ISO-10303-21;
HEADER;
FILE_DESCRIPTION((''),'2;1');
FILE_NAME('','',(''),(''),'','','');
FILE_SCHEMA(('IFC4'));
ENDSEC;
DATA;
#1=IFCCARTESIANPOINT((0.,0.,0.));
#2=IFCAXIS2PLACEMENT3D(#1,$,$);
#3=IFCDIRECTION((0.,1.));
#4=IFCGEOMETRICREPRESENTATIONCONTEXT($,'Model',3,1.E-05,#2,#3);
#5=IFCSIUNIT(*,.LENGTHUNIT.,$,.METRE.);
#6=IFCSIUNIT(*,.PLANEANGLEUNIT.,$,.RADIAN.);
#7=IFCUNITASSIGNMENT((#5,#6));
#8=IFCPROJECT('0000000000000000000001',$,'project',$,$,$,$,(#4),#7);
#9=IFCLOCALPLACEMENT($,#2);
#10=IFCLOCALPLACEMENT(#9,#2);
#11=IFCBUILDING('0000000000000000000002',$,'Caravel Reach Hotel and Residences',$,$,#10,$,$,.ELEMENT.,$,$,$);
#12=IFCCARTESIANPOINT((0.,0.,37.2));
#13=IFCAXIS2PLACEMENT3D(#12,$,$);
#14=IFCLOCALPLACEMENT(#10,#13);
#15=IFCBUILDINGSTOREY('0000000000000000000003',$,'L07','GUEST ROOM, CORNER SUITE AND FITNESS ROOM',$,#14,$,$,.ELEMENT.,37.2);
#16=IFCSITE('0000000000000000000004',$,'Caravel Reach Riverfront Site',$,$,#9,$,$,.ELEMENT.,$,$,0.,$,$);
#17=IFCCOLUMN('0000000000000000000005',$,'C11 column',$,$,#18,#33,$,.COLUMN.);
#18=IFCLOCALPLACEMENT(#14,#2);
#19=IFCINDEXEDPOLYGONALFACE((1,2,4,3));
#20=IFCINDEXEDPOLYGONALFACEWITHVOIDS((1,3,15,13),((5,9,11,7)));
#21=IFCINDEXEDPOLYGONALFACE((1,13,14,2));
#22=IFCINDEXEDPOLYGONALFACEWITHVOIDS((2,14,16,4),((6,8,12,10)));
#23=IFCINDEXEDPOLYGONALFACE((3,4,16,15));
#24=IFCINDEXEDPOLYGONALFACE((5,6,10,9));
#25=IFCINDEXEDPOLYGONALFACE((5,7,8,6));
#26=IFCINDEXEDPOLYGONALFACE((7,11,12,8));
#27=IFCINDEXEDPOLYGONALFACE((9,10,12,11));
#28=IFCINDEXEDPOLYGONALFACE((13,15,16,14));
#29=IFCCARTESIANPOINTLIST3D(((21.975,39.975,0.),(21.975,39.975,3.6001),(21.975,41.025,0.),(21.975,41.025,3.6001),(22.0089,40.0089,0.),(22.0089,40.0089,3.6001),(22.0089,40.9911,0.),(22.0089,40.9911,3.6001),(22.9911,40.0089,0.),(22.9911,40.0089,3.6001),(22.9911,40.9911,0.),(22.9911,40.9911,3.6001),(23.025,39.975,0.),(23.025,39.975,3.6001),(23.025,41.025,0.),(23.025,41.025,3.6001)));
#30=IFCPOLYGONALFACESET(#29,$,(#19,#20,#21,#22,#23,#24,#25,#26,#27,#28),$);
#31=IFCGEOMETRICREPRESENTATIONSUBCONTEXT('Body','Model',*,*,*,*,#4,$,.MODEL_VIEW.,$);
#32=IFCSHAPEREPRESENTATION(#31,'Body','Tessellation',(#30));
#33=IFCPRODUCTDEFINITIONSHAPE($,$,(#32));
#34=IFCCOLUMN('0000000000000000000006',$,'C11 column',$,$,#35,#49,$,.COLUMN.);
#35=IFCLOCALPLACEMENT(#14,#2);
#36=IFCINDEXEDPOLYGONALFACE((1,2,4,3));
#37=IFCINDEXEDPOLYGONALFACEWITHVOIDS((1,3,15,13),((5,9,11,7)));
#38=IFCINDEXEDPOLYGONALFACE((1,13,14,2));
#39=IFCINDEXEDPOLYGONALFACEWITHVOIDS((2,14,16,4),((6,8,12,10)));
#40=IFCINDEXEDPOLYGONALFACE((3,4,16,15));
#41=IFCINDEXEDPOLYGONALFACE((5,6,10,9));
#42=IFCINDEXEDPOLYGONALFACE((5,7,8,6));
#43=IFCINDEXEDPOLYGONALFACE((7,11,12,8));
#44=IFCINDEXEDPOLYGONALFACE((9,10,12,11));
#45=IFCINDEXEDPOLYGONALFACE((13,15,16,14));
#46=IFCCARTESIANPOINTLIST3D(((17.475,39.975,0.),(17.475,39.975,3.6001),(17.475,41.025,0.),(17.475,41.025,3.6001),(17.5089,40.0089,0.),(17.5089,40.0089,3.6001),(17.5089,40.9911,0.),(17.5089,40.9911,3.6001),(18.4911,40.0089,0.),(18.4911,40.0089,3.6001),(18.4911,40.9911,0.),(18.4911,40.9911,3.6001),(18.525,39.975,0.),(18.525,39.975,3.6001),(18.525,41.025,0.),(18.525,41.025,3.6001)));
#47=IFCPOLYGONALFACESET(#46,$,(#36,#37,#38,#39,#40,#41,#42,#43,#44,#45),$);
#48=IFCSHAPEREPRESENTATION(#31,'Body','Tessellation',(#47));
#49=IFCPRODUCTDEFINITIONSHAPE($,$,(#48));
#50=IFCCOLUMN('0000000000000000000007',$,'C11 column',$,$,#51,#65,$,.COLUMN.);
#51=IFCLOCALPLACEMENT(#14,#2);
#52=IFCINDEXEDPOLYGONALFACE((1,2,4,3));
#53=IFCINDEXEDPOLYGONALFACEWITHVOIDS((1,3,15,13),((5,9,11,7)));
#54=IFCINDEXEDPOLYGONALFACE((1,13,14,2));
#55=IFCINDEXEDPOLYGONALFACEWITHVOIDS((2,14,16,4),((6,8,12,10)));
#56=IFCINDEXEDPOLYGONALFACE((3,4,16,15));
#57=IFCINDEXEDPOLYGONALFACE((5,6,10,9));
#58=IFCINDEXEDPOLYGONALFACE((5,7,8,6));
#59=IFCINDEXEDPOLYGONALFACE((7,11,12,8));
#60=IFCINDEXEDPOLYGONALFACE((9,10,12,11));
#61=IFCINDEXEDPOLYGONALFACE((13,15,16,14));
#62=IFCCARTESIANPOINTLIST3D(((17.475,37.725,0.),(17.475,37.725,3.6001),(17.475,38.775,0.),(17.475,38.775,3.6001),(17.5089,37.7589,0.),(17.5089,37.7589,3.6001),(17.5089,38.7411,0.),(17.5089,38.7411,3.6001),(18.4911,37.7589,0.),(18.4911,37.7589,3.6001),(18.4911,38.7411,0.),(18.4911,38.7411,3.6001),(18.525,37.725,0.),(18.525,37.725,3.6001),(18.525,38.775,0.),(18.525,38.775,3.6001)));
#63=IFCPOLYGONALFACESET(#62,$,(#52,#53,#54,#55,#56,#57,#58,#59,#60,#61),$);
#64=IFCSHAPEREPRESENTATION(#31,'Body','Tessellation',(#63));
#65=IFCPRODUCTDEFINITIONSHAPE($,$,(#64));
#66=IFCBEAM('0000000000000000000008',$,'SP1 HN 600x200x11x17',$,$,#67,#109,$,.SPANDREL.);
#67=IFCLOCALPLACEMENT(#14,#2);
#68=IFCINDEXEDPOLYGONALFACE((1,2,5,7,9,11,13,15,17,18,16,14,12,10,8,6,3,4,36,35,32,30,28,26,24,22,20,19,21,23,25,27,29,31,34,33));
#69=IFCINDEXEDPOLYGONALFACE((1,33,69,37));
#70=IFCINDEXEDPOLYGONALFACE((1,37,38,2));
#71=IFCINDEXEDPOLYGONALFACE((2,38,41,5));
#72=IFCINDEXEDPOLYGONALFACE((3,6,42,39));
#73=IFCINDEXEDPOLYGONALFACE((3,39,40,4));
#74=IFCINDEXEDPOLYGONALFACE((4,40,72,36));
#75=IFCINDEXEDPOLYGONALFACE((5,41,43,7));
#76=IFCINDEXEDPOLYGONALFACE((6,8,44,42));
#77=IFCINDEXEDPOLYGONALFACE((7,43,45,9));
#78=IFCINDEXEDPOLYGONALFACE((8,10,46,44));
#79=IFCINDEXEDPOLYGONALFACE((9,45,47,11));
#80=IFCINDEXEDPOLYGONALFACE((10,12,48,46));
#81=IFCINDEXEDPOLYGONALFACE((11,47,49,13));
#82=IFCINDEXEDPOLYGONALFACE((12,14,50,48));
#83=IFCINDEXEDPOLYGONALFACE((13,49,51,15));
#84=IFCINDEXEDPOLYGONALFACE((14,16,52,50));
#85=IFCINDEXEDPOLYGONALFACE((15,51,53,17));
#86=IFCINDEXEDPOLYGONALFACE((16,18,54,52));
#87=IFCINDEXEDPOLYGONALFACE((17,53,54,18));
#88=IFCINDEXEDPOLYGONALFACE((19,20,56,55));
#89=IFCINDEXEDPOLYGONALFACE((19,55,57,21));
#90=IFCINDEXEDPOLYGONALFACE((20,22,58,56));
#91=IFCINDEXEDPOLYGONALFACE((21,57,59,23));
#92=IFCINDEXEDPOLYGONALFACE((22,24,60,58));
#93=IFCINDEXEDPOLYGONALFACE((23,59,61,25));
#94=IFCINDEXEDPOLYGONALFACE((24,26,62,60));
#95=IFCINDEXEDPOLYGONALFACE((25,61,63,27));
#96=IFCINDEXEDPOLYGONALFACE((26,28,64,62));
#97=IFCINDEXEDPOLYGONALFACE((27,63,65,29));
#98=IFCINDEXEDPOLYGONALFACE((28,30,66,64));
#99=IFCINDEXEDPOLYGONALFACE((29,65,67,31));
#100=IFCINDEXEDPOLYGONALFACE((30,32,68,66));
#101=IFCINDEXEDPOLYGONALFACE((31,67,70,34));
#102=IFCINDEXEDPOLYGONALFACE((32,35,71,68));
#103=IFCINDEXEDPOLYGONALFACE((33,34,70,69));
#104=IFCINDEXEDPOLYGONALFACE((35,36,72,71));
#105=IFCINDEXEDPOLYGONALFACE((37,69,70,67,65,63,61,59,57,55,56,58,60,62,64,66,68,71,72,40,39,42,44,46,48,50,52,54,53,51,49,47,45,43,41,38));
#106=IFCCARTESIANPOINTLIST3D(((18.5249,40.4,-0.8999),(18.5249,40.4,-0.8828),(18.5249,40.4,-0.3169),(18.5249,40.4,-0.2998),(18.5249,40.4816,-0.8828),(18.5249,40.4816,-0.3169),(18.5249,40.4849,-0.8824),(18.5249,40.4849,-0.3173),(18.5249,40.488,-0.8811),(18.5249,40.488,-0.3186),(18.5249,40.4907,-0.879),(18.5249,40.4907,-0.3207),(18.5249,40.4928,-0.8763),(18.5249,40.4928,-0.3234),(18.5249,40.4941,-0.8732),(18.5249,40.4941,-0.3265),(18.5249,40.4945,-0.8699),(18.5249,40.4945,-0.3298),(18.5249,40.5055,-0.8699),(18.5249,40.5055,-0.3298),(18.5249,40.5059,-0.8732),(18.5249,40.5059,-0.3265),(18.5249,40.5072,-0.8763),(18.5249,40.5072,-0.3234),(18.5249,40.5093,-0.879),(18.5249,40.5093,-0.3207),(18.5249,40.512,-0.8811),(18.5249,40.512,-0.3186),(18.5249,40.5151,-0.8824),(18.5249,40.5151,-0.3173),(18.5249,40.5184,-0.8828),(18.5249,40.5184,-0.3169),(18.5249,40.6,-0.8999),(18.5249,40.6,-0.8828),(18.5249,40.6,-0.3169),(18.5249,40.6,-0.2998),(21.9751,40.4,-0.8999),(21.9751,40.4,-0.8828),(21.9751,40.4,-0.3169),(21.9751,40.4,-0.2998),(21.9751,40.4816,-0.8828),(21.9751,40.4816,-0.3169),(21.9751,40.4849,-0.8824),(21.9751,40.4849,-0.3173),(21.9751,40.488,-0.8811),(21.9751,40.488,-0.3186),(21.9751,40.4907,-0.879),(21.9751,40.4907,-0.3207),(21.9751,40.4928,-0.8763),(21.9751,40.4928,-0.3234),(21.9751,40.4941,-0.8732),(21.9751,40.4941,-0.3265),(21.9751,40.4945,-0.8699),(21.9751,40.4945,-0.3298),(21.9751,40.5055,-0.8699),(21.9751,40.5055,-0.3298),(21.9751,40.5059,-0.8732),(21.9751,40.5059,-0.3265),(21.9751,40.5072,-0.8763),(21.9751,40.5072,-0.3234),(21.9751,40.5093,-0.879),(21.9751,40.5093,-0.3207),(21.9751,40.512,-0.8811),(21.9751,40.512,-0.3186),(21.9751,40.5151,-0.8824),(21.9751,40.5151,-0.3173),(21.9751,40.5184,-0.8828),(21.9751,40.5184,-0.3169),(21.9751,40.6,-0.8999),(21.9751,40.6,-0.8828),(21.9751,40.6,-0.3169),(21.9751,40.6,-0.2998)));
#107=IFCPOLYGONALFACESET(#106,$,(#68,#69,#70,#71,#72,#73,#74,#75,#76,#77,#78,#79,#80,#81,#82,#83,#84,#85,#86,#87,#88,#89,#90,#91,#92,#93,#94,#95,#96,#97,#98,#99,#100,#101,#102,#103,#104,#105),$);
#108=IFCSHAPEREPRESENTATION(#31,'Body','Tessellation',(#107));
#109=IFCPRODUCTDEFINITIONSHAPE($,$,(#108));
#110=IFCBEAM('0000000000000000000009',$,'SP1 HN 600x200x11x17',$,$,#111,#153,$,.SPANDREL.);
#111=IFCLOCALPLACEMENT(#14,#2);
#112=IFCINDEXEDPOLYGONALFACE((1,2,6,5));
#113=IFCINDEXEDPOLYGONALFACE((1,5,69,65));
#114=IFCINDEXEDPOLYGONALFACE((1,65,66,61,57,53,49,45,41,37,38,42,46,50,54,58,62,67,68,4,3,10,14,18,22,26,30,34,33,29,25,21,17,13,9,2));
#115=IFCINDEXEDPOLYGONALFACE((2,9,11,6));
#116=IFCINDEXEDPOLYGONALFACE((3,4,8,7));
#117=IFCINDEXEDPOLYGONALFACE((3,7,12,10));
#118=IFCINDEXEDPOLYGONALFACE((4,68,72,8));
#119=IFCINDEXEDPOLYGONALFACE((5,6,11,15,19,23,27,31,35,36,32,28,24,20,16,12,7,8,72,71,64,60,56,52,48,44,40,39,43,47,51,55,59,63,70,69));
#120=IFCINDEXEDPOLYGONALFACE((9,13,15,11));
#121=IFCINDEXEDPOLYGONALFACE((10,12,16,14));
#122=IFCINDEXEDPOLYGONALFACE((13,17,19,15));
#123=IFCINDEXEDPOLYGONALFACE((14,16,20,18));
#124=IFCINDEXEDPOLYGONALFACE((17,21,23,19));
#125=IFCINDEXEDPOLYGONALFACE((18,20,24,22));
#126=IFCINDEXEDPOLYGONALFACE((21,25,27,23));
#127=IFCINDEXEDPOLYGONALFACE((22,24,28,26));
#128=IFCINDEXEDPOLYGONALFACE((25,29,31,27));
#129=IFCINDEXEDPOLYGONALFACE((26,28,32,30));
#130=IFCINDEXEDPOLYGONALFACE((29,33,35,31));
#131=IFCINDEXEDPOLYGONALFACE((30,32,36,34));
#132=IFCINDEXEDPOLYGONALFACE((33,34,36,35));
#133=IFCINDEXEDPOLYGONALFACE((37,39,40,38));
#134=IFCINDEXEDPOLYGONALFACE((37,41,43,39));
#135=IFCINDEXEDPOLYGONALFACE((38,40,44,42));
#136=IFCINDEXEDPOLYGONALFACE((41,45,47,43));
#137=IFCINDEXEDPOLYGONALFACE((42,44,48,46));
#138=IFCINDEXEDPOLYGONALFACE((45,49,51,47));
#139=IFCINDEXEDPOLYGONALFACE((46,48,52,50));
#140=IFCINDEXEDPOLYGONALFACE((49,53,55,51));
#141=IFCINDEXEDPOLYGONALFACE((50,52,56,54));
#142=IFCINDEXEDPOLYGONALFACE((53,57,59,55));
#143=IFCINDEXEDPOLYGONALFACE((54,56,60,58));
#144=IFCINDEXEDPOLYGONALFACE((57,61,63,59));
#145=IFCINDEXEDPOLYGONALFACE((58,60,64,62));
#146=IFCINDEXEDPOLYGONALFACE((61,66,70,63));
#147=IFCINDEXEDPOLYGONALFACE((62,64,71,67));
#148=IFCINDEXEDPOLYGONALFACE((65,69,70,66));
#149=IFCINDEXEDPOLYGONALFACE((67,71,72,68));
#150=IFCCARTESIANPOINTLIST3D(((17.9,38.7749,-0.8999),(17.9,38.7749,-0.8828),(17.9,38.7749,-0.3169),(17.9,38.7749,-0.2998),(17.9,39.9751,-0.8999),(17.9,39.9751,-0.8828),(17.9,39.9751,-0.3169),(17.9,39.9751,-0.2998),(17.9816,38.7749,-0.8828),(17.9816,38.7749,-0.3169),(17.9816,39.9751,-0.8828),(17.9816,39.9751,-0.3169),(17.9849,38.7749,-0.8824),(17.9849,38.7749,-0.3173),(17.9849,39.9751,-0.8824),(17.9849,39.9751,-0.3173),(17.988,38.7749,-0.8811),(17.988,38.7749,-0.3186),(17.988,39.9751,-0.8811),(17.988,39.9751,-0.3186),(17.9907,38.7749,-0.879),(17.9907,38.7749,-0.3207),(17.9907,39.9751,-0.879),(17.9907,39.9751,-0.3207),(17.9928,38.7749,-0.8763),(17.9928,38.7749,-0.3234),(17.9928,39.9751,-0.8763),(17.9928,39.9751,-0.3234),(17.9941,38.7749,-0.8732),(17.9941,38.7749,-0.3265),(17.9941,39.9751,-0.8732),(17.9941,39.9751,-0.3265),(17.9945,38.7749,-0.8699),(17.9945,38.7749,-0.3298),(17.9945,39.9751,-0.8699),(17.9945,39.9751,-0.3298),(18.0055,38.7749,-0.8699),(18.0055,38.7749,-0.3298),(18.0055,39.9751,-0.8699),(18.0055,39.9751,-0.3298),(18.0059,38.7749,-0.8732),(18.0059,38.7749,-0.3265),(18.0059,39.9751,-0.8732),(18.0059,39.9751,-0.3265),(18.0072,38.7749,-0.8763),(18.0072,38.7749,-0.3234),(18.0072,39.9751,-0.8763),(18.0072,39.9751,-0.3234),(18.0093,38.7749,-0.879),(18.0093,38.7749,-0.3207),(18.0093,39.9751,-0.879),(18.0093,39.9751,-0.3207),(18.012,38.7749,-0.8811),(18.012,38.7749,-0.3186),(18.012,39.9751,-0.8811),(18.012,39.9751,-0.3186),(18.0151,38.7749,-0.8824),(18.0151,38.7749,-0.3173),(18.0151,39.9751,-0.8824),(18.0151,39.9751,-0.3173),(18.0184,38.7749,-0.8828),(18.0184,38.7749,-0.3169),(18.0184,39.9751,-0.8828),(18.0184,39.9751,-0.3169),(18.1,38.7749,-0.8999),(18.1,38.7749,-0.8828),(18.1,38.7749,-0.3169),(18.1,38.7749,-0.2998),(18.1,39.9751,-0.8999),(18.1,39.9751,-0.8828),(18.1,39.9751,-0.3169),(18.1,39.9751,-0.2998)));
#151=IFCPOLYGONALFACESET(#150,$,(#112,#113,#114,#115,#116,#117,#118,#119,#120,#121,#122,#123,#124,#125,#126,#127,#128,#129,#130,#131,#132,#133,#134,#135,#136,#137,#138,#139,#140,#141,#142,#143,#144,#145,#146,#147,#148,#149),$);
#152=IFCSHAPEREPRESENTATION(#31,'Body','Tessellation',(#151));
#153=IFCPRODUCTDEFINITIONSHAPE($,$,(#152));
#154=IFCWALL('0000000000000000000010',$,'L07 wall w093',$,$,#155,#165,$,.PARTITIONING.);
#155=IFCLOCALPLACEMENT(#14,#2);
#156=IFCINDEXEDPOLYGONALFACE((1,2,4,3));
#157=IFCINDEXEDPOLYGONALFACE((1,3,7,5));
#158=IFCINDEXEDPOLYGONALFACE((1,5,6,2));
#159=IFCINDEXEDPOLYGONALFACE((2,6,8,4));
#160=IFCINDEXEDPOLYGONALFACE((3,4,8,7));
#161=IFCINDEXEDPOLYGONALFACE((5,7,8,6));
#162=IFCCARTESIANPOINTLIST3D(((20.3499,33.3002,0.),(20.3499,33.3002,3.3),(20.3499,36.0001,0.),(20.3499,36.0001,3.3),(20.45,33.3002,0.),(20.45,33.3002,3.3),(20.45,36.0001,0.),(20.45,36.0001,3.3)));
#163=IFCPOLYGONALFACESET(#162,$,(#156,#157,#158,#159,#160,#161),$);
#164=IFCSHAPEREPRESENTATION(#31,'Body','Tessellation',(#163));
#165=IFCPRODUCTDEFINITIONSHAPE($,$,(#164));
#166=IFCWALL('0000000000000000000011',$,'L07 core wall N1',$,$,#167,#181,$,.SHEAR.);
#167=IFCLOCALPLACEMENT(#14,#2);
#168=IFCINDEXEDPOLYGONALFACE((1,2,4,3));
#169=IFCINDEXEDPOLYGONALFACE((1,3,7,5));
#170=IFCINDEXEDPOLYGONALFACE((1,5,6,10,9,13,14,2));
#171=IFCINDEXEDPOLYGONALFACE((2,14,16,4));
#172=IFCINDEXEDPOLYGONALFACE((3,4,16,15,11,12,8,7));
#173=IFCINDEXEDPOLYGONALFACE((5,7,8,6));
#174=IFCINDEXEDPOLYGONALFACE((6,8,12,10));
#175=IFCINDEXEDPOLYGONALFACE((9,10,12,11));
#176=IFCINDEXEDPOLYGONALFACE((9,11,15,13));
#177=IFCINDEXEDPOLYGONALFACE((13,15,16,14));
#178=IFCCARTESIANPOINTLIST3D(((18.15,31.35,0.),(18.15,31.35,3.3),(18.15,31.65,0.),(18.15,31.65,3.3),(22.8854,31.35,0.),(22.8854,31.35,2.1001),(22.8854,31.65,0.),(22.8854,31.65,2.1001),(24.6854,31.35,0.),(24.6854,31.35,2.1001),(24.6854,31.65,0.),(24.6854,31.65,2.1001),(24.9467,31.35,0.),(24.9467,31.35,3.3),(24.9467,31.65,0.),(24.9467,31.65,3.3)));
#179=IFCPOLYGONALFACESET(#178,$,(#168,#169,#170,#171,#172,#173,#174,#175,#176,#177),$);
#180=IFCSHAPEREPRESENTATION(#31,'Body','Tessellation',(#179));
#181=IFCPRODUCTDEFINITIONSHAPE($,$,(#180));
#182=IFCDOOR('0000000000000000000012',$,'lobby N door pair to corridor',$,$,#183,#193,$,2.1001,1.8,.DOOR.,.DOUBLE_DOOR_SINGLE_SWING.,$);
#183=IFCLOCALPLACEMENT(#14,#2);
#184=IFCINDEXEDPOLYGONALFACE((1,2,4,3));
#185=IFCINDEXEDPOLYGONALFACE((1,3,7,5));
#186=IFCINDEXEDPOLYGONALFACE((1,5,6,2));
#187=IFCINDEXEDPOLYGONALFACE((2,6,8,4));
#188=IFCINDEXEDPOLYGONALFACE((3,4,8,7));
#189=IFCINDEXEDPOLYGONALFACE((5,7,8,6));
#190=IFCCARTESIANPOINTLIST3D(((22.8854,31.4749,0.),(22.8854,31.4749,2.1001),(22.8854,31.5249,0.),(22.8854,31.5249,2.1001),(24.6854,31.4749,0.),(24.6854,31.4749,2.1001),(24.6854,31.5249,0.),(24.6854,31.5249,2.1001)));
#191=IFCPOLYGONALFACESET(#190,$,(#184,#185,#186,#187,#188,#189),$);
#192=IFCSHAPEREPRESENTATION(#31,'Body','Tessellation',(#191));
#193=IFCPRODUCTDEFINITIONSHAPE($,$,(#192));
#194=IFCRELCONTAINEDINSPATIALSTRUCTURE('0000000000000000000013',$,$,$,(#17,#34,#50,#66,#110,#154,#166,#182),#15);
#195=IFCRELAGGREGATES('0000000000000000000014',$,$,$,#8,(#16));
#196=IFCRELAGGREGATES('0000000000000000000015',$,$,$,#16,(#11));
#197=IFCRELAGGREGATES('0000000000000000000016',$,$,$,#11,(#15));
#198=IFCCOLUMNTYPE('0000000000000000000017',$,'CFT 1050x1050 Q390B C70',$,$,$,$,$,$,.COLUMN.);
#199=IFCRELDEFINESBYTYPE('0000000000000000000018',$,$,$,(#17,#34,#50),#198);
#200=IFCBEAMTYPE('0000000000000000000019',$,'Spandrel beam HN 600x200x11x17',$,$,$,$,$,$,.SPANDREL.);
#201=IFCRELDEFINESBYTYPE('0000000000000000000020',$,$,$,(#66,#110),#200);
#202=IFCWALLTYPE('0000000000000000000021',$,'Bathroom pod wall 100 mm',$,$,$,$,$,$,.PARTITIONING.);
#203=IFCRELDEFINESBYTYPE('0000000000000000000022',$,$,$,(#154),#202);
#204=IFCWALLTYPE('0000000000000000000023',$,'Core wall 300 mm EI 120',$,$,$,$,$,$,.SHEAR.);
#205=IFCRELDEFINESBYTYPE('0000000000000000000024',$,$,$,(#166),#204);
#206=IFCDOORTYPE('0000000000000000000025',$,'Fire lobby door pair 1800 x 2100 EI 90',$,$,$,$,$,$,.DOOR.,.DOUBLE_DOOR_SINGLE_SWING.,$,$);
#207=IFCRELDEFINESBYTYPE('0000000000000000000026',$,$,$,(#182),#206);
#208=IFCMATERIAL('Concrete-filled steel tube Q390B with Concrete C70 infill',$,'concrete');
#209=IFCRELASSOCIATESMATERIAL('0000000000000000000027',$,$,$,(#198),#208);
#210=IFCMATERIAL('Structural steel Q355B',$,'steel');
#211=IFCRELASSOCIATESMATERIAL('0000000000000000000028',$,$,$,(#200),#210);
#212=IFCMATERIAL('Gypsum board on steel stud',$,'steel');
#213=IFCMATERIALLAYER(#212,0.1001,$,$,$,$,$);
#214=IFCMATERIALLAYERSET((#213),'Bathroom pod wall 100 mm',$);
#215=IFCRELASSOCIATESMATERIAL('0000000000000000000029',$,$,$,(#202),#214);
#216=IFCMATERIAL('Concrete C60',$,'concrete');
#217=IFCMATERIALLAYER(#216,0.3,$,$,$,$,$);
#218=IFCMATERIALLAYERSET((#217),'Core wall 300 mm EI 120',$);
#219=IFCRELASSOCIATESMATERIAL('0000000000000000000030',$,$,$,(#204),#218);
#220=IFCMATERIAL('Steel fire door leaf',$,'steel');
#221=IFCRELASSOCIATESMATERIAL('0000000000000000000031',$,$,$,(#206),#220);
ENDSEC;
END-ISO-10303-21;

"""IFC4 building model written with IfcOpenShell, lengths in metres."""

from ifc_helpers import new_model, si_unit, direction, frame, frame_2d, origin, origin_2d, place, context, subcontext, project, spatial, rectangle, hollow_rectangle, i_section, extrude, material, layer, layer_set, material_profile, profile_set, type_object, element, fill, save


model = new_model("IFC4")

# Units and contexts
model_context = context("Model", 3, precision=1e-05, world=origin(), true_north=direction((0.0, 1.0)))
body_context = subcontext(model_context, "Body", "Model", "MODEL_VIEW")
ifc_project = project(units=[si_unit("LENGTHUNIT", "METRE"), si_unit("PLANEANGLEUNIT", "RADIAN")], contexts=[model_context])

# Site, building, storey
site_placement = place(None, origin())
site = spatial("IfcSite", under=ifc_project, at=site_placement, Name="Caravel Reach Riverfront Site", CompositionType="ELEMENT", RefElevation=0.0)
building_placement = place(site_placement, origin())
building = spatial("IfcBuilding", under=site, at=building_placement, Name="Caravel Reach Hotel and Residences", CompositionType="ELEMENT")
storey_placement = place(building_placement, frame((0.0, 0.0, 37.2)))
storey = spatial("IfcBuildingStorey", under=building, at=storey_placement, Name="L07", Description="GUEST ROOM, CORNER SUITE AND FITNESS ROOM", CompositionType="ELEMENT", Elevation=37.2)

# Columns
ifc_material_1 = material(Name="Concrete-filled steel tube Q390B with Concrete C70 infill", Category="concrete")
ifc_material_profile_1 = material_profile(ifc_material_1, hollow_rectangle(XDim=1.05, YDim=1.05, WallThickness=0.0339, at=origin_2d()), Name="RHS 1050x1050x34")
ifc_profile_set_1 = profile_set([ifc_material_profile_1], Name="Concrete-filled steel tube Q390B with Concrete C70 infill")
column_type = type_object("IfcColumnType", Name="CFT 1050x1050 Q390B C70", PredefinedType="COLUMN", material=ifc_profile_set_1)
for number, where, z_axis, x_axis, name in (
    (1, (22.5, 40.5, 0.0), (0.0, 0.0, 1.0), (1.0, 0.0, 0.0), "C11 column"),
    (2, (18.0, 40.5, 0.0), (0.0, 0.0, 1.0), (1.0, 0.0, 0.0), "C11 column"),
    (3, (18.0, 38.25, 0.0), (0.0, 0.0, 1.0), (1.0, 0.0, 0.0), "C11 column"),
):
    element("IfcColumn", number, at=place(storey_placement, frame(where, z_axis=z_axis, x_axis=x_axis)), inside=storey, type_object=column_type, Name=name, PredefinedType="COLUMN", context=body_context, shape_type="SweptSolid", body=[
        extrude(hollow_rectangle(XDim=1.05, YDim=1.05, WallThickness=0.0339, at=origin_2d()), origin(), (0.0, 0.0, 1.0), 3.6001),
    ])

# Beams
ifc_material_2 = material(Name="Structural steel Q355B", Category="steel")
ifc_material_profile_2 = material_profile(ifc_material_2, i_section(OverallWidth=0.2, OverallDepth=0.6001, WebThickness=0.011, FlangeThickness=0.0171, FilletRadius=0.0129, at=origin_2d()), Name="HN 600x200x11x17")
ifc_profile_set_2 = profile_set([ifc_material_profile_2], Name="Structural steel Q355B")
beam_type = type_object("IfcBeamType", Name="Spandrel beam HN 600x200x11x17", PredefinedType="SPANDREL", material=ifc_profile_set_2)
beam_1_placement = place(storey_placement, frame((21.9751, 40.5, -0.5999), z_axis=(-1.0, 0.0, 0.0), x_axis=(0.0, -1.0, 0.0)))
element("IfcBeam", 4, at=beam_1_placement, inside=storey, type_object=beam_type, Name="SP1 HN 600x200x11x17", PredefinedType="SPANDREL", context=body_context, shape_type="SweptSolid", body=[
    extrude(i_section(OverallWidth=0.2, OverallDepth=0.6001, WebThickness=0.011, FlangeThickness=0.0171, FilletRadius=0.0129, at=origin_2d()), origin(), (0.0, 0.0, 1.0), 3.4502),
])
beam_2_placement = place(storey_placement, frame((18.0, 39.9751, -0.5999), z_axis=(0.0, -1.0, 0.0), x_axis=(1.0, 0.0, 0.0)))
element("IfcBeam", 5, at=beam_2_placement, inside=storey, type_object=beam_type, Name="SP1 HN 600x200x11x17", PredefinedType="SPANDREL", context=body_context, shape_type="SweptSolid", body=[
    extrude(i_section(OverallWidth=0.2, OverallDepth=0.6001, WebThickness=0.011, FlangeThickness=0.0171, FilletRadius=0.0129, at=origin_2d()), origin(), (0.0, 0.0, 1.0), 1.2002),
])

# Wall
ifc_material_3 = material(Name="Gypsum board on steel stud", Category="steel")
ifc_layer_1 = layer(ifc_material_3, 0.1001)
ifc_layer_set_1 = layer_set([ifc_layer_1], Name="Bathroom pod wall 100 mm")
wall_type_1 = type_object("IfcWallType", Name="Bathroom pod wall 100 mm", PredefinedType="PARTITIONING", material=ifc_layer_set_1)
wall_1_placement = place(storey_placement, frame((20.3999, 33.3, 0.0), z_axis=(0.0, 0.0, 1.0), x_axis=(0.0, 1.0, 0.0)))
element("IfcWall", 6, at=wall_1_placement, inside=storey, type_object=wall_type_1, Name="L07 wall w093", PredefinedType="PARTITIONING", context=body_context, shape_type="SweptSolid", body=[
    extrude(rectangle(XDim=2.7, YDim=0.1001, at=frame_2d((1.3501, 0.0))), origin(), (0.0, 0.0, 1.0), 3.3),
])

# Wall, opening, door
ifc_material_4 = material(Name="Concrete C60", Category="concrete")
ifc_layer_2 = layer(ifc_material_4, 0.3)
ifc_layer_set_2 = layer_set([ifc_layer_2], Name="Core wall 300 mm EI 120")
wall_type_2 = type_object("IfcWallType", Name="Core wall 300 mm EI 120", PredefinedType="SHEAR", material=ifc_layer_set_2)
wall_2_placement = place(storey_placement, frame((18.1499, 31.5, 0.0), z_axis=(0.0, 0.0, 1.0), x_axis=(1.0, 0.0, 0.0)))
wall_2 = element("IfcWall", 7, at=wall_2_placement, inside=storey, type_object=wall_type_2, Name="L07 core wall N1", PredefinedType="SHEAR", context=body_context, shape_type="SweptSolid", body=[
    extrude(rectangle(XDim=6.7966, YDim=0.3, at=frame_2d((3.3984, 0.0))), origin(), (0.0, 0.0, 1.0), 3.3),
])
opening_1_placement = place(wall_2_placement, frame((4.7356, 0.0, 0.0)))
opening_1 = element("IfcOpeningElement", 8, at=opening_1_placement, cuts=wall_2, PredefinedType="OPENING", context=body_context, shape_type="SweptSolid", body=[
    extrude(rectangle(XDim=1.8, YDim=2.1001, at=frame_2d((0.8999, 1.05))), frame((0.0, 0.1599, 0.0), z_axis=(0.0, -1.0, 0.0), x_axis=(1.0, 0.0, 0.0)), (0.0, 0.0, 1.0), 0.3201),
])
ifc_material_5 = material(Name="Steel fire door leaf", Category="steel")
door_type_1 = type_object("IfcDoorType", Name="Fire lobby door pair 1800 x 2100 EI 90", OperationType="DOUBLE_DOOR_SINGLE_SWING", PredefinedType="DOOR", material=ifc_material_5)
door_1_placement = place(opening_1_placement, origin())
door_1 = element("IfcDoor", 9, at=door_1_placement, inside=storey, type_object=door_type_1, Name="lobby N door pair to corridor", OperationType="DOUBLE_DOOR_SINGLE_SWING", OverallHeight=2.1001, OverallWidth=1.8, PredefinedType="DOOR", context=body_context, shape_type="SweptSolid", body=[
    extrude(rectangle(XDim=1.8, YDim=2.1001, at=frame_2d((0.8999, 1.05))), frame((0.0, 0.0249, 0.0), z_axis=(0.0, -1.0, 0.0), x_axis=(1.0, 0.0, 0.0)), (0.0, 0.0, 1.0), 0.05),
])
fill(opening_1, door_1)

save(model, "model.ifc")
